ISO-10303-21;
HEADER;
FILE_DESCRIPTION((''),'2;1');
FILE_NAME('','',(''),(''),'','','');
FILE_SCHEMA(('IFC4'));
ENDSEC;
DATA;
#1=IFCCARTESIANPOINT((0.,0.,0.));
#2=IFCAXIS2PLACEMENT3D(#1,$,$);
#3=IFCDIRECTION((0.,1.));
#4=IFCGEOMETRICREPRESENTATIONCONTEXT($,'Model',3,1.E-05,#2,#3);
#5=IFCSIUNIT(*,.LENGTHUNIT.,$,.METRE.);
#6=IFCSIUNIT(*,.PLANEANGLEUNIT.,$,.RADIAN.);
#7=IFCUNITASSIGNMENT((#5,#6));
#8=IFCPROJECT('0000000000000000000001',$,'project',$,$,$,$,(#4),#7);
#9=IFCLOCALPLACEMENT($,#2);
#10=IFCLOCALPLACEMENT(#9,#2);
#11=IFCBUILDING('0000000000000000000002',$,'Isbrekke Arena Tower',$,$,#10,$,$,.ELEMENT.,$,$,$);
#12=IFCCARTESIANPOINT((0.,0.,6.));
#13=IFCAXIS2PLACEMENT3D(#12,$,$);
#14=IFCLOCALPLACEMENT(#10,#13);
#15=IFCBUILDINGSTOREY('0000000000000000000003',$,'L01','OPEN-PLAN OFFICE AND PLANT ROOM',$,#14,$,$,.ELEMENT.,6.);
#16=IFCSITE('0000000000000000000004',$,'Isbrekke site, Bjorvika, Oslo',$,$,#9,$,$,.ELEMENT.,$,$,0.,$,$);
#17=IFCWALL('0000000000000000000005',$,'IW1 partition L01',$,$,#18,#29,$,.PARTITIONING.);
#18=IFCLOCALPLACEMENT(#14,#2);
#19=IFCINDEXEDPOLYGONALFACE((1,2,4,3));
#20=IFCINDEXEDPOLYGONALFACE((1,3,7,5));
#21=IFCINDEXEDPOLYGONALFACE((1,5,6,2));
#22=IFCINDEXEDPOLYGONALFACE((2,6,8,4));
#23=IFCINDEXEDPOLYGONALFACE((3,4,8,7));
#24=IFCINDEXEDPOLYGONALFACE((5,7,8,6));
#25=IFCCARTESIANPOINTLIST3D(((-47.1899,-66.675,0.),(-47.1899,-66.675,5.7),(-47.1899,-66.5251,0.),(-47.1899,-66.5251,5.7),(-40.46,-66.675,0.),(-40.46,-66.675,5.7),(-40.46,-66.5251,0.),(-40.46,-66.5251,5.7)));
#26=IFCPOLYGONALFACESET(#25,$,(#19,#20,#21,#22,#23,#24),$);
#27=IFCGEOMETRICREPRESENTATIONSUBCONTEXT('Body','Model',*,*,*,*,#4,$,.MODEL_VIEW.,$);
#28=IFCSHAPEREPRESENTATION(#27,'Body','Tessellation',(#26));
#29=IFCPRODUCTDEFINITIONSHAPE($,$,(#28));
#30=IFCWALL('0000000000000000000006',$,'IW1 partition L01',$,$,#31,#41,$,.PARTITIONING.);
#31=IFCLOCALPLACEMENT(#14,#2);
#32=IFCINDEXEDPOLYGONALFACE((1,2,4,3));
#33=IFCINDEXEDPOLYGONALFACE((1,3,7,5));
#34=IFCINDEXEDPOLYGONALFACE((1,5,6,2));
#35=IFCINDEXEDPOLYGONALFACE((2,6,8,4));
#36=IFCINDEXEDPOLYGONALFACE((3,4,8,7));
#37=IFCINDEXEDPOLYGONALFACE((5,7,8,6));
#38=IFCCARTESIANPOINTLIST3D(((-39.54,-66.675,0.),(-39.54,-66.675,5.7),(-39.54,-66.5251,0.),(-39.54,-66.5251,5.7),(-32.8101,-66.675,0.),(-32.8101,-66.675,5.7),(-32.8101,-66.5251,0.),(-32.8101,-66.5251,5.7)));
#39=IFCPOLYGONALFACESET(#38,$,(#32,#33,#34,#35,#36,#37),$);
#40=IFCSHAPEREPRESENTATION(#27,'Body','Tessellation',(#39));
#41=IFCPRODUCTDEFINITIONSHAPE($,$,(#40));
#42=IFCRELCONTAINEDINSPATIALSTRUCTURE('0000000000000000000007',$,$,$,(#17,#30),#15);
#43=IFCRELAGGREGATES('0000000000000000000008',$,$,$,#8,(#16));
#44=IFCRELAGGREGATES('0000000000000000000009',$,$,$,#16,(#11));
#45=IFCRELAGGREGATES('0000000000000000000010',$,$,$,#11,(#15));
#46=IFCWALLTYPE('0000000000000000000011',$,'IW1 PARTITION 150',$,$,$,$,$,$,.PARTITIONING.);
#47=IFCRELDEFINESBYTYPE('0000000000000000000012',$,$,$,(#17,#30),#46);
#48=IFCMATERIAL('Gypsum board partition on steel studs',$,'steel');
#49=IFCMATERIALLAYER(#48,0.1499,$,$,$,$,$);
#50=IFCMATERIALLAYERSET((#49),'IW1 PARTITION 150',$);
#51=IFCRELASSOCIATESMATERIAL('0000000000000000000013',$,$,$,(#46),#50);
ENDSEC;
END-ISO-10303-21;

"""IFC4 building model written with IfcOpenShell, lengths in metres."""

from ifc_helpers import new_model, si_unit, direction, frame, frame_2d, origin, place, context, subcontext, project, spatial, rectangle, extrude, material, layer, layer_set, type_object, element, save


model = new_model("IFC4")

# Units and contexts
model_context = context("Model", 3, precision=1e-05, world=origin(), true_north=direction((0.0, 1.0)))
body_context = subcontext(model_context, "Body", "Model", "MODEL_VIEW")
ifc_project = project(units=[si_unit("LENGTHUNIT", "METRE"), si_unit("PLANEANGLEUNIT", "RADIAN")], contexts=[model_context])

# Site, building, storey
site_placement = place(None, origin())
site = spatial("IfcSite", under=ifc_project, at=site_placement, Name="Isbrekke site, Bjorvika, Oslo", CompositionType="ELEMENT", RefElevation=0.0)
building_placement = place(site_placement, origin())
building = spatial("IfcBuilding", under=site, at=building_placement, Name="Isbrekke Arena Tower", CompositionType="ELEMENT")
storey_placement = place(building_placement, frame((0.0, 0.0, 6.0)))
storey = spatial("IfcBuildingStorey", under=building, at=storey_placement, Name="L01", Description="OPEN-PLAN OFFICE AND PLANT ROOM", CompositionType="ELEMENT", Elevation=6.0)

# Walls
ifc_material_1 = material(Name="Gypsum board partition on steel studs", Category="steel")
ifc_layer = layer(ifc_material_1, 0.1499)
ifc_layer_set = layer_set([ifc_layer], Name="IW1 PARTITION 150")
wall_type = type_object("IfcWallType", Name="IW1 PARTITION 150", PredefinedType="PARTITIONING", material=ifc_layer_set)
for number, where, z_axis, x_axis, name in (
    (1, (-47.1899, -66.6001, 0.0), (0.0, 0.0, 1.0), (1.0, 0.0, 0.0), "IW1 partition L01"),
    (2, (-39.54, -66.6001, 0.0), (0.0, 0.0, 1.0), (1.0, 0.0, 0.0), "IW1 partition L01"),
):
    element("IfcWall", number, at=place(storey_placement, frame(where, z_axis=z_axis, x_axis=x_axis)), inside=storey, type_object=wall_type, Name=name, PredefinedType="PARTITIONING", context=body_context, shape_type="SweptSolid", body=[
        extrude(rectangle(XDim=6.73, YDim=0.1499, at=frame_2d((3.365, 0.0))), origin(), (0.0, 0.0, 1.0), 5.7),
    ])

save(model, "model.ifc")
